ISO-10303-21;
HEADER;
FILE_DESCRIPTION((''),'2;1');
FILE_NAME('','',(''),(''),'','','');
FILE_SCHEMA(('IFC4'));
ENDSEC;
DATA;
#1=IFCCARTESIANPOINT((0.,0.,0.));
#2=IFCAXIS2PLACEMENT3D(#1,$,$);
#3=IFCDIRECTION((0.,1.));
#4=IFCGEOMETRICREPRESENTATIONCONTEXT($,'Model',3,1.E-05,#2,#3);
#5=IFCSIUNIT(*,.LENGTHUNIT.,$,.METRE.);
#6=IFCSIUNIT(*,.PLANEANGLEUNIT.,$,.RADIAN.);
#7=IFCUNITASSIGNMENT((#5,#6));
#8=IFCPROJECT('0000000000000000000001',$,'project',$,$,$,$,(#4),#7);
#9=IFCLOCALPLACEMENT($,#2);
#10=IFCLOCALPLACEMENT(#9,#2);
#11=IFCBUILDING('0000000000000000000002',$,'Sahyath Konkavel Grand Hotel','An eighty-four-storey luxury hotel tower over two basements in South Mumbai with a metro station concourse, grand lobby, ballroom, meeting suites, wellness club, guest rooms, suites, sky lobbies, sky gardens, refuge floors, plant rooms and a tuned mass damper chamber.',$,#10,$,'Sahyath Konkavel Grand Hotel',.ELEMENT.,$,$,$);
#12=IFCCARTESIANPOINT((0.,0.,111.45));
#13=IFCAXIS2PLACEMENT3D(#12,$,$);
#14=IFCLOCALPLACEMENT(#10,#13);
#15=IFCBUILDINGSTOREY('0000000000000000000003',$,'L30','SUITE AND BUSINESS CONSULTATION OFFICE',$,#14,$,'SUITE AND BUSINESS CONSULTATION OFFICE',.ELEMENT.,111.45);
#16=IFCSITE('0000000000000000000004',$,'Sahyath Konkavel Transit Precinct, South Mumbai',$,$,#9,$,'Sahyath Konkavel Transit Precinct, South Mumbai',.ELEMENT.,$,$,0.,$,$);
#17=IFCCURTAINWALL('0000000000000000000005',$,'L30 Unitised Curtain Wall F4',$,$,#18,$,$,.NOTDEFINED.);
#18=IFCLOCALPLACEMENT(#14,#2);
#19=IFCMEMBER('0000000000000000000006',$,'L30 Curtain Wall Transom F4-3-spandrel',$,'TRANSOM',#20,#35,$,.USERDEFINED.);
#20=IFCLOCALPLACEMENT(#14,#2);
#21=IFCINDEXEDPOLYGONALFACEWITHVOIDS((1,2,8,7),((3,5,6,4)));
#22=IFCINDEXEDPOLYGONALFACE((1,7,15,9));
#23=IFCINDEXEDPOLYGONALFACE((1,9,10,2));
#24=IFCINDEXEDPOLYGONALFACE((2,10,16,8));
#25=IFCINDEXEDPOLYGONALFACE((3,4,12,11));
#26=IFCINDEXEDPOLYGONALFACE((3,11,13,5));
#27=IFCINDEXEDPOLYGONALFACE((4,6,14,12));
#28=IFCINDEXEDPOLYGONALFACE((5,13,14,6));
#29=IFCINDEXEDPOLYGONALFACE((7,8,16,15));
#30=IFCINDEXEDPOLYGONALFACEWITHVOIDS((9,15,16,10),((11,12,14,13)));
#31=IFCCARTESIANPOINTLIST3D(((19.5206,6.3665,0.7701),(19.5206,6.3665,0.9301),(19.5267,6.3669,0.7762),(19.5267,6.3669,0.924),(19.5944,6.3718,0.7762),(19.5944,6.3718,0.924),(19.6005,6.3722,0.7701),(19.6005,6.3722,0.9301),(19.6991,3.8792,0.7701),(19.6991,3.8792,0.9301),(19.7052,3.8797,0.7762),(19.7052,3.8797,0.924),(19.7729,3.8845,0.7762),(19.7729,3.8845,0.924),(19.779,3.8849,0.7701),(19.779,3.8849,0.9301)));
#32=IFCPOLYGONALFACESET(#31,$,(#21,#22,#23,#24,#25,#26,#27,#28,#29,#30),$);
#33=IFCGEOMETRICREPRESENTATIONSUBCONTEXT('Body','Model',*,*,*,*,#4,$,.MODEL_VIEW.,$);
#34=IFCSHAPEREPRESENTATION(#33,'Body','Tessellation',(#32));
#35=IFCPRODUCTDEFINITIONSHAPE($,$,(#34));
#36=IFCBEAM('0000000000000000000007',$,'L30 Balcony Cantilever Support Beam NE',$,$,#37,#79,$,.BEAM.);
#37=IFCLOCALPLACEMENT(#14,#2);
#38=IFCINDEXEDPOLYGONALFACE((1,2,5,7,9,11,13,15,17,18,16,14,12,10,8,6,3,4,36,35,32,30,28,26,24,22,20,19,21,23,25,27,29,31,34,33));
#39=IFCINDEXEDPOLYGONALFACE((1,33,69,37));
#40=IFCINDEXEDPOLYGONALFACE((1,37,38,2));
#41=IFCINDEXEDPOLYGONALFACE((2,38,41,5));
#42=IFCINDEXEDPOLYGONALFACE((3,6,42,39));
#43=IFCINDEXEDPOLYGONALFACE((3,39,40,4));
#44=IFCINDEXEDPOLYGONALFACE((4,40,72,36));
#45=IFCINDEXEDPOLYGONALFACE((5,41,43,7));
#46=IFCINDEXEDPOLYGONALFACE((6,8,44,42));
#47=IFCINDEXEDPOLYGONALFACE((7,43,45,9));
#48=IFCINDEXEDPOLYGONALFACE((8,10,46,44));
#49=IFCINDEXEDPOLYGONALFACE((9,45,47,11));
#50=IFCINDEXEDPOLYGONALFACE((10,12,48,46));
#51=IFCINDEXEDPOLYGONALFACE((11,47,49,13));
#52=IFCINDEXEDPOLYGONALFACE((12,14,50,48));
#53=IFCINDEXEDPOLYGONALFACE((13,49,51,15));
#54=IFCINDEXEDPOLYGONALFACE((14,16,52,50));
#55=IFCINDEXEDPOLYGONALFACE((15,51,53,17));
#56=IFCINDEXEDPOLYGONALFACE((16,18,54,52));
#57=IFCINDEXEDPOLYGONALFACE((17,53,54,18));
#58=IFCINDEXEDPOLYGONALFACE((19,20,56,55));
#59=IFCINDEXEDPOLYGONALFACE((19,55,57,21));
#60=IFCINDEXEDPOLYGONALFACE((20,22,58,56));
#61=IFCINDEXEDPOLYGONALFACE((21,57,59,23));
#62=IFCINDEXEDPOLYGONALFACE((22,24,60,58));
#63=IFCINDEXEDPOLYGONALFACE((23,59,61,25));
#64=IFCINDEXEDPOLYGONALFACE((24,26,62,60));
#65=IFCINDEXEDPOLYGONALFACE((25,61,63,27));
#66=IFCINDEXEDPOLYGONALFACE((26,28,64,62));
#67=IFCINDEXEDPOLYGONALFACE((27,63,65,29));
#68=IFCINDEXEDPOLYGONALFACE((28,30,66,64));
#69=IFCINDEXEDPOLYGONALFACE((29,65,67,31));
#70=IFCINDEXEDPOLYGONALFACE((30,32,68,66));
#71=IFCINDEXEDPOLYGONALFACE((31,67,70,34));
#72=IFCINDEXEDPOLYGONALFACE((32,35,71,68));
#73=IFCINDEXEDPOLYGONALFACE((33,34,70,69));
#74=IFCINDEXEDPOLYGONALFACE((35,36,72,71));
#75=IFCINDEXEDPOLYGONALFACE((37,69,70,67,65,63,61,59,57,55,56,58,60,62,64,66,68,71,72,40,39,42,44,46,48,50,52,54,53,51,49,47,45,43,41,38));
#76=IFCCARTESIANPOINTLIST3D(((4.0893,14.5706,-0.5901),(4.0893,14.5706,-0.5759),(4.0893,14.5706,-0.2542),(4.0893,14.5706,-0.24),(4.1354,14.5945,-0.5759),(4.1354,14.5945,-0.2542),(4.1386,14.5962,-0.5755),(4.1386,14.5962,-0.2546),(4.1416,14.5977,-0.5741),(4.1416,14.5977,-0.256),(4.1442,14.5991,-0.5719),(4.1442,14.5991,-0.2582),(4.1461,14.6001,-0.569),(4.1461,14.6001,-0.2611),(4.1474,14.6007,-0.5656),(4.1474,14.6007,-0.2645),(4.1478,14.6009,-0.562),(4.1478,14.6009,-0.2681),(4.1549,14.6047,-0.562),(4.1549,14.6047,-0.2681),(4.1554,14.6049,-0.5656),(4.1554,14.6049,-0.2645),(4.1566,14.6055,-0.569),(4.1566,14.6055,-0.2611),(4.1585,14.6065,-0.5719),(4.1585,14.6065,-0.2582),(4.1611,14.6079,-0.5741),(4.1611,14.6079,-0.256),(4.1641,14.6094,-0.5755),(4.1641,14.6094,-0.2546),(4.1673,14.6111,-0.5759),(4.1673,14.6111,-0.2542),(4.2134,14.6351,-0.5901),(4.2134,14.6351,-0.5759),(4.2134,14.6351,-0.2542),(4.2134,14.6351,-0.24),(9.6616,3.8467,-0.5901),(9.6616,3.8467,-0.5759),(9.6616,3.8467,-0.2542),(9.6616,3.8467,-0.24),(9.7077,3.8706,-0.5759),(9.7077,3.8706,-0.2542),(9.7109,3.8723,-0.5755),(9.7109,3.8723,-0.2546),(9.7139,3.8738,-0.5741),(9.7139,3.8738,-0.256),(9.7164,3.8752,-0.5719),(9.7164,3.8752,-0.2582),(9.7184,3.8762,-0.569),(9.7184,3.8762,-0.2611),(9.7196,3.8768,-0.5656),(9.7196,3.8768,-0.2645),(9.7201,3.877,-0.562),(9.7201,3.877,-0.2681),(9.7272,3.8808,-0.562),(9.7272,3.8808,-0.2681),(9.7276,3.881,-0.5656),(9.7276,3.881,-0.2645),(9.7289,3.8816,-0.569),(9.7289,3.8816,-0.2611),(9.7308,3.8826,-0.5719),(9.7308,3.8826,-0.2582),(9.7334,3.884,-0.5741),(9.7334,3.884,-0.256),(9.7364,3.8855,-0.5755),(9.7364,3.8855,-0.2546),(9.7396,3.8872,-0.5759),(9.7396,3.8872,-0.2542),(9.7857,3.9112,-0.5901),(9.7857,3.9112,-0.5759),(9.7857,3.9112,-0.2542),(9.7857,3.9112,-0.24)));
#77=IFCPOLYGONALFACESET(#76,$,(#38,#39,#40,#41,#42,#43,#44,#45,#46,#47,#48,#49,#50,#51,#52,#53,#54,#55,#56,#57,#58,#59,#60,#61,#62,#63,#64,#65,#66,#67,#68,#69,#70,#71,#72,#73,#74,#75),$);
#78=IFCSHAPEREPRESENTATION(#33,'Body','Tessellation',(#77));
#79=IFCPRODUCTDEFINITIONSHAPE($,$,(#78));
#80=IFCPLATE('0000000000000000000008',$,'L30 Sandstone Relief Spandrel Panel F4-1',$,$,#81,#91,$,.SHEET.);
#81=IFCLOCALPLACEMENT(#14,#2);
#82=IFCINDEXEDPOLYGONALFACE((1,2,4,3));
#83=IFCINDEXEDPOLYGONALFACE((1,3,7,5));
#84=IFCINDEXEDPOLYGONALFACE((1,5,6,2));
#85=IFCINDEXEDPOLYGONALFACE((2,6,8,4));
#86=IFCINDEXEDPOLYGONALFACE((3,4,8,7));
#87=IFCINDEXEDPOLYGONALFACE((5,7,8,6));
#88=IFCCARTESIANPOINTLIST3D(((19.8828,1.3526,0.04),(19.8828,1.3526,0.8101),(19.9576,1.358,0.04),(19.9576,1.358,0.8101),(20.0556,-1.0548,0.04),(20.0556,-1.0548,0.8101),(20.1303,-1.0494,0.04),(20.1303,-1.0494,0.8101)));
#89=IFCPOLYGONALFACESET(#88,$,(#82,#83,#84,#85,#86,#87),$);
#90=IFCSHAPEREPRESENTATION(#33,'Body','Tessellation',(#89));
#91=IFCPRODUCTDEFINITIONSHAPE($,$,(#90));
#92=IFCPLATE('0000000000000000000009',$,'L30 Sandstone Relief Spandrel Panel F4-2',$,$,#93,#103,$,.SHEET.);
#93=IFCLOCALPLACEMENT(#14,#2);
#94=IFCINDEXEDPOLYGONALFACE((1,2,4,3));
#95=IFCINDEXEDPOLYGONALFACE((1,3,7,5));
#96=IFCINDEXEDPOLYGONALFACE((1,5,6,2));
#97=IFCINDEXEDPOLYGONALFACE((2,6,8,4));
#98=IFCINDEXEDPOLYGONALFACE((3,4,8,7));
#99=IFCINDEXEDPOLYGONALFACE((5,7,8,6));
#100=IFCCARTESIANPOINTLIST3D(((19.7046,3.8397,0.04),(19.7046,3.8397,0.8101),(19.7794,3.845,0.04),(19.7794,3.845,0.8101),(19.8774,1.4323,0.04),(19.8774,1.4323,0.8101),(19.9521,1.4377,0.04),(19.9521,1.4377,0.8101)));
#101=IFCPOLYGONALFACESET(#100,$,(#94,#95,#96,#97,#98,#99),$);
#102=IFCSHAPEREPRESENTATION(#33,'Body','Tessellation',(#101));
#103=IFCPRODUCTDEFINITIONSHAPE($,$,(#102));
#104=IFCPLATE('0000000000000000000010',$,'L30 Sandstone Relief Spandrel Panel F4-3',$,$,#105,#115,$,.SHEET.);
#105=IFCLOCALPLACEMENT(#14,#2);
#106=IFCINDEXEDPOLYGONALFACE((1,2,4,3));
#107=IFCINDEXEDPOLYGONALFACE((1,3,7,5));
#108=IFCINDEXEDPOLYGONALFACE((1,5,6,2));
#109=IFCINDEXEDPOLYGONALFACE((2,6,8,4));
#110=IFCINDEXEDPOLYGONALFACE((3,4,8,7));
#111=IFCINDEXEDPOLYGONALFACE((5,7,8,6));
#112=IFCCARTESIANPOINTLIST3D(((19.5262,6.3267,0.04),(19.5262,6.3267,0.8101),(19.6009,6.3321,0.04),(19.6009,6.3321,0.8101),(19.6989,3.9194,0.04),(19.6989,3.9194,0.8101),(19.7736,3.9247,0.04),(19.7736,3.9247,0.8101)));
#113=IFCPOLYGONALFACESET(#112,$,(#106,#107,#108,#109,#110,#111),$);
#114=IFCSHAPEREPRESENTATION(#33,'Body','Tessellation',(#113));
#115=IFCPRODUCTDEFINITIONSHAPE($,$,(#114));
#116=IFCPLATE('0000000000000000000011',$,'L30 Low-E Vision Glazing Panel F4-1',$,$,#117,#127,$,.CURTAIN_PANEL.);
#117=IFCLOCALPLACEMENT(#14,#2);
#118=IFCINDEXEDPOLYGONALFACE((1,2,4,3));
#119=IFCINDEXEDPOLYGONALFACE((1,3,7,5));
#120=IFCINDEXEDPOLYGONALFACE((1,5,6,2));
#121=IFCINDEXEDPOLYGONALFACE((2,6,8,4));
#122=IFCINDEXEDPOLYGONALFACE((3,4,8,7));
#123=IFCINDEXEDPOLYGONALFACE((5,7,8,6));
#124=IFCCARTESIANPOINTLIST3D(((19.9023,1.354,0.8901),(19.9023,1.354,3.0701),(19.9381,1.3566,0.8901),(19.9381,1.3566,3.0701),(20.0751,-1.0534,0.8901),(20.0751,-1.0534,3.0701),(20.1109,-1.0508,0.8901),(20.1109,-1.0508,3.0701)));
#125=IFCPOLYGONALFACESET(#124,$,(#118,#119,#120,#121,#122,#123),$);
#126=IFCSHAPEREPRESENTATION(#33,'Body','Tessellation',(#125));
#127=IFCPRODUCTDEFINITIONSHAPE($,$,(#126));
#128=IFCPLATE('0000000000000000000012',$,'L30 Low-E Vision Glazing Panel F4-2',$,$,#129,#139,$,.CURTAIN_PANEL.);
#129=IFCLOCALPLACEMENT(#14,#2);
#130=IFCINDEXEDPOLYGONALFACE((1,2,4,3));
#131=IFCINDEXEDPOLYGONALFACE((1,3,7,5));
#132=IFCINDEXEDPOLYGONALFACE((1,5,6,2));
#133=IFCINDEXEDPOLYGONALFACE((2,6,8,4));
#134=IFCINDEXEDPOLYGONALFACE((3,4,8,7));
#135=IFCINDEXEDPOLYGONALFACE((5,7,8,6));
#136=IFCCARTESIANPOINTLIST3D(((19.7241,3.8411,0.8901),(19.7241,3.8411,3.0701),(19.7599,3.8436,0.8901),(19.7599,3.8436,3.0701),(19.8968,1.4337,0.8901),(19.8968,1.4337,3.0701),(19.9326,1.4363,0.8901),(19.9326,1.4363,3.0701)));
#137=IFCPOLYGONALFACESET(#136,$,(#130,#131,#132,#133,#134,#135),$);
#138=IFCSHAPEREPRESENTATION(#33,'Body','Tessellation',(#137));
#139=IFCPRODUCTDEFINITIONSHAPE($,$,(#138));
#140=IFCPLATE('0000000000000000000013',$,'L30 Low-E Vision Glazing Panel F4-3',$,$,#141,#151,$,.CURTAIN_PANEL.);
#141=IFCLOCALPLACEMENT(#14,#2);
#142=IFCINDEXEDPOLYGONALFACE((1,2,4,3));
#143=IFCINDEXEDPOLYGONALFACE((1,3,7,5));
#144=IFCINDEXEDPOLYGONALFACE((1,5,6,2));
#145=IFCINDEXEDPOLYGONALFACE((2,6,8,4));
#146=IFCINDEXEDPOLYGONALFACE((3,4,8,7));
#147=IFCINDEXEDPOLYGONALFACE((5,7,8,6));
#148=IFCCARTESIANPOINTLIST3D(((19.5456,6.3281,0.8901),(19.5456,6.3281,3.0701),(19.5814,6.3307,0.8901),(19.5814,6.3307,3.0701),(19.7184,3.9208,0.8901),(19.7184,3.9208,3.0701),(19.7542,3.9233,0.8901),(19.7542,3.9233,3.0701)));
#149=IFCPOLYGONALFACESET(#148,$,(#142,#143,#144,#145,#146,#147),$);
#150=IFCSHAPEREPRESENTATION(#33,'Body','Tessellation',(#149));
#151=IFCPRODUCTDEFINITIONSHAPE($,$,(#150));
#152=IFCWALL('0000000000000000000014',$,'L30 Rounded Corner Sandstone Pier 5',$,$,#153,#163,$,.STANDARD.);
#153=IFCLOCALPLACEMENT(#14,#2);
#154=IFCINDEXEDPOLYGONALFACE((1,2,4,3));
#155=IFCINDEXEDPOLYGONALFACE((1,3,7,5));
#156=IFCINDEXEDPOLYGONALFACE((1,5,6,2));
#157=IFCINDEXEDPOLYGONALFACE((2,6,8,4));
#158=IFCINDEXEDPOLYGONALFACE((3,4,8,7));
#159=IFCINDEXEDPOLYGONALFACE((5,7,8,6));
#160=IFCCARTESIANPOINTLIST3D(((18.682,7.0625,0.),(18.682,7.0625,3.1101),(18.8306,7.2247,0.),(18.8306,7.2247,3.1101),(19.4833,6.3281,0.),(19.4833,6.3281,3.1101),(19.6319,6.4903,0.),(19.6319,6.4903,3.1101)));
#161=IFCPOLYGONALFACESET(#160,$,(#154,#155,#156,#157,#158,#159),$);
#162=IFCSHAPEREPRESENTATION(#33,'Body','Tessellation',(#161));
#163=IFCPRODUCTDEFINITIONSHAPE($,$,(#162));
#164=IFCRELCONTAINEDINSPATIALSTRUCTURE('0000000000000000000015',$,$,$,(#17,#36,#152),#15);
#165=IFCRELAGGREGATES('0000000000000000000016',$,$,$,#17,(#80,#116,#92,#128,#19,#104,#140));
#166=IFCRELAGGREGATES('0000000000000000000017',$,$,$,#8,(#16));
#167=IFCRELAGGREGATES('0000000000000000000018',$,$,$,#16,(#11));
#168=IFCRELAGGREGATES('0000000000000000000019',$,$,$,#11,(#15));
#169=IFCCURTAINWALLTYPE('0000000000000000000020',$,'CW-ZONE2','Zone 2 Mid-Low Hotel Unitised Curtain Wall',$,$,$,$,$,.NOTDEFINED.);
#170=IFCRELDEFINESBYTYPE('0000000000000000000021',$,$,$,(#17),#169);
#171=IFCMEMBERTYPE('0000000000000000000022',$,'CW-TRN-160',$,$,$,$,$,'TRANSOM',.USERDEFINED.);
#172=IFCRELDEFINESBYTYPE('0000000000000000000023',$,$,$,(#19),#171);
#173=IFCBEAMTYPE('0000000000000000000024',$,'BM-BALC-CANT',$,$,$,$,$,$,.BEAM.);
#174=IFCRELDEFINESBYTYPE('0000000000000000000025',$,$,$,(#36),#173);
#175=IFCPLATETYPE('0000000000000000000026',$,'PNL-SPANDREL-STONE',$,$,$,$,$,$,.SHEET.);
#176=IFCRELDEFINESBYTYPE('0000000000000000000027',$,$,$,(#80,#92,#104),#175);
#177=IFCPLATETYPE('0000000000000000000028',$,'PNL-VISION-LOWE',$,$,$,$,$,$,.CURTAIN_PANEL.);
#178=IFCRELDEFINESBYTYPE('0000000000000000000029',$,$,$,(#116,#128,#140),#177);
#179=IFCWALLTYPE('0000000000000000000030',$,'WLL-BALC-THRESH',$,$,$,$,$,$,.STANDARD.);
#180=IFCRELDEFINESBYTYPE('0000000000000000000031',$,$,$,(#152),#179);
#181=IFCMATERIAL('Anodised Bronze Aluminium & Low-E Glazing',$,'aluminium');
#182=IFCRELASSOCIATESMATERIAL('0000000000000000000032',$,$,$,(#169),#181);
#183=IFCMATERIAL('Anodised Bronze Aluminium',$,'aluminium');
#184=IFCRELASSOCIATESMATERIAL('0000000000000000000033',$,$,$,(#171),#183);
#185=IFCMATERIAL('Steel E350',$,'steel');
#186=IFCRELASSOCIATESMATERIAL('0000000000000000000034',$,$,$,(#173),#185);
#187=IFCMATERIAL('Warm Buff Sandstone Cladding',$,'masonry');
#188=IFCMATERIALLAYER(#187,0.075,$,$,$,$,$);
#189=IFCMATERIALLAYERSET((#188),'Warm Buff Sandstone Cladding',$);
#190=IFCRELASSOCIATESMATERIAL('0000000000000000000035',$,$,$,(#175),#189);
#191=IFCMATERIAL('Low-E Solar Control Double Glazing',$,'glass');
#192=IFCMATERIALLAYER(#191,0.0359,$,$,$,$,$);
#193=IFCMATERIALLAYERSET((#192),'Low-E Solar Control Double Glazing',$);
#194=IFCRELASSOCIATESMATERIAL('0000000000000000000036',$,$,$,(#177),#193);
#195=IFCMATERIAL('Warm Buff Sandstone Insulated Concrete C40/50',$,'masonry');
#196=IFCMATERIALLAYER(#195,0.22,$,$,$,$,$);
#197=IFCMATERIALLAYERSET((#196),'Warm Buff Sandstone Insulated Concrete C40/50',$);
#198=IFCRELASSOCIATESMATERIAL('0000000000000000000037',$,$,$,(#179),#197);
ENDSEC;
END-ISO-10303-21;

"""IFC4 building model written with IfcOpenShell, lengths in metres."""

from ifc_helpers import new_model, si_unit, direction, frame, frame_2d, origin, origin_2d, place, context, subcontext, project, spatial, rectangle, hollow_rectangle, i_section, extrude, source, transform, mapped, material, layer, layer_set, material_profile, profile_set, type_object, element, aggregate, save


model = new_model("IFC4")

# Units and contexts
model_context = context("Model", 3, precision=1e-05, world=origin(), true_north=direction((0.0, 1.0)))
body_context = subcontext(model_context, "Body", "Model", "MODEL_VIEW")
ifc_project = project(units=[si_unit("LENGTHUNIT", "METRE"), si_unit("PLANEANGLEUNIT", "RADIAN")], contexts=[model_context])

# Site, building, storey
site_placement = place(None, origin())
site = spatial("IfcSite", under=ifc_project, at=site_placement, Name="Sahyath Konkavel Transit Precinct, South Mumbai", LongName="Sahyath Konkavel Transit Precinct, South Mumbai", CompositionType="ELEMENT", RefElevation=0.0)
building_placement = place(site_placement, origin())
building = spatial("IfcBuilding", under=site, at=building_placement, Name="Sahyath Konkavel Grand Hotel", Description="An eighty-four-storey luxury hotel tower over two basements in South Mumbai with a metro station concourse, grand lobby, ballroom, meeting suites, wellness club, guest rooms, suites, sky lobbies, sky gardens, refuge floors, plant rooms and a tuned mass damper chamber.", LongName="Sahyath Konkavel Grand Hotel", CompositionType="ELEMENT")
storey_placement = place(building_placement, frame((0.0, 0.0, 111.45)))
storey = spatial("IfcBuildingStorey", under=building, at=storey_placement, Name="L30", Description="SUITE AND BUSINESS CONSULTATION OFFICE", LongName="SUITE AND BUSINESS CONSULTATION OFFICE", CompositionType="ELEMENT", Elevation=111.45)

# Shared definitions
ifc_material_1 = material(Name="Steel E350", Category="steel")

# Curtain wall
ifc_material_2 = material(Name="Anodised Bronze Aluminium & Low-E Glazing", Category="aluminium")
curtain_wall_type = type_object("IfcCurtainWallType", Name="CW-ZONE2", Description="Zone 2 Mid-Low Hotel Unitised Curtain Wall", PredefinedType="NOTDEFINED", material=ifc_material_2)
curtain_wall_1_placement = place(storey_placement, origin())
curtain_wall_1 = element("IfcCurtainWall", 1, at=curtain_wall_1_placement, inside=storey, type_object=curtain_wall_type, Name="L30 Unitised Curtain Wall F4", PredefinedType="NOTDEFINED")
ifc_material_3 = material(Name="Anodised Bronze Aluminium", Category="aluminium")

# Member
ifc_material_profile_1 = material_profile(ifc_material_3, hollow_rectangle(XDim=0.0801, YDim=0.1599, WallThickness=0.0061, at=origin_2d()), Name="RHS 160x80x6")
ifc_profile_set_1 = profile_set([ifc_material_profile_1], Name="Anodised Bronze Aluminium")
member_type_1 = type_object("IfcMemberType", Name="CW-TRN-160", ElementType="TRANSOM", PredefinedType="USERDEFINED", material=ifc_profile_set_1)
shared_shape_1 = source(origin(), body_context, "Body", "SweptSolid", [
    extrude(hollow_rectangle(XDim=0.0801, YDim=0.1599, WallThickness=0.0061, at=origin_2d()), origin(), (0.0, 0.0, 1.0), 2.4937),
])
member_1_placement = place(storey_placement, frame((19.739, 3.8821, 0.8501), z_axis=(-0.071567, 0.997436, 0.0), x_axis=(-0.997436, -0.071567, 0.0)))
member_1 = element("IfcMember", 2, at=member_1_placement, type_object=member_type_1, Name="L30 Curtain Wall Transom F4-3-spandrel", ObjectType="TRANSOM", PredefinedType="USERDEFINED", context=body_context, shape_type="MappedRepresentation", body=[
    mapped(shared_shape_1, transform((0.0, 0.0, 0.0), scale=1.0)),
])

# Beam
ifc_material_profile_2 = material_profile(ifc_material_1, i_section(OverallWidth=0.1399, OverallDepth=0.3501, WebThickness=0.0081, FlangeThickness=0.0142, FilletRadius=0.0139, at=origin_2d()), Name="ISMB 350")
ifc_profile_set_2 = profile_set([ifc_material_profile_2], Name="Steel E350")
beam_type_1 = type_object("IfcBeamType", Name="BM-BALC-CANT", PredefinedType="BEAM", material=ifc_profile_set_2)
shared_shape_2 = source(origin(), body_context, "Body", "SweptSolid", [
    extrude(i_section(OverallWidth=0.1399, OverallDepth=0.3501, WebThickness=0.0081, FlangeThickness=0.0142, FilletRadius=0.0139, at=origin_2d()), origin(), (0.0, 0.0, 1.0), 12.0852),
])
beam_1_placement = place(storey_placement, frame((9.7236, 3.8789, -0.415), z_axis=(-0.461082, 0.887357, 0.0), x_axis=(-0.887357, -0.461082, 0.0)))
element("IfcBeam", 3, at=beam_1_placement, inside=storey, type_object=beam_type_1, Name="L30 Balcony Cantilever Support Beam NE", PredefinedType="BEAM", context=body_context, shape_type="MappedRepresentation", body=[
    mapped(shared_shape_2, transform((0.0, 0.0, 0.0), scale=1.0)),
])

# Plates
ifc_material_4 = material(Name="Warm Buff Sandstone Cladding", Category="masonry")
ifc_layer_1 = layer(ifc_material_4, 0.075)
ifc_layer_set_1 = layer_set([ifc_layer_1], Name="Warm Buff Sandstone Cladding")
plate_type_1 = type_object("IfcPlateType", Name="PNL-SPANDREL-STONE", PredefinedType="SHEET", material=ifc_layer_set_1)
shared_shape_3 = source(origin(), body_context, "Body", "SweptSolid", [
    extrude(rectangle(XDim=2.4136, YDim=0.075, at=origin_2d()), origin(), (0.0, 0.0, 1.0), 0.77),
])
plate_1_placement = place(storey_placement, frame((20.0066, 0.1516, 0.04), z_axis=(0.0, 0.0, 1.0), x_axis=(-0.071567, 0.997436, 0.0)))
plate_1 = element("IfcPlate", 4, at=plate_1_placement, type_object=plate_type_1, Name="L30 Sandstone Relief Spandrel Panel F4-1", PredefinedType="SHEET", context=body_context, shape_type="MappedRepresentation", body=[
    mapped(shared_shape_3, transform((0.0, 0.0, 0.0), scale=1.0)),
])
plate_2_placement = place(storey_placement, frame((19.8284, 2.6387, 0.04), z_axis=(0.0, 0.0, 1.0), x_axis=(-0.071567, 0.997436, 0.0)))
plate_2 = element("IfcPlate", 5, at=plate_2_placement, type_object=plate_type_1, Name="L30 Sandstone Relief Spandrel Panel F4-2", PredefinedType="SHEET", context=body_context, shape_type="MappedRepresentation", body=[
    mapped(shared_shape_3, transform((0.0, 0.0, 0.0), scale=1.0)),
])
plate_3_placement = place(storey_placement, frame((19.6499, 5.1257, 0.04), z_axis=(0.0, 0.0, 1.0), x_axis=(-0.071567, 0.997436, 0.0)))
plate_3 = element("IfcPlate", 6, at=plate_3_placement, type_object=plate_type_1, Name="L30 Sandstone Relief Spandrel Panel F4-3", PredefinedType="SHEET", context=body_context, shape_type="MappedRepresentation", body=[
    mapped(shared_shape_3, transform((0.0, 0.0, 0.0), scale=1.0)),
])
ifc_material_5 = material(Name="Low-E Solar Control Double Glazing", Category="glass")
ifc_layer_2 = layer(ifc_material_5, 0.0359)
ifc_layer_set_2 = layer_set([ifc_layer_2], Name="Low-E Solar Control Double Glazing")
plate_type_2 = type_object("IfcPlateType", Name="PNL-VISION-LOWE", PredefinedType="CURTAIN_PANEL", material=ifc_layer_set_2)
shared_shape_4 = source(origin(), body_context, "Body", "SweptSolid", [
    extrude(rectangle(XDim=2.4136, YDim=0.0359, at=origin_2d()), origin(), (0.0, 0.0, 1.0), 2.1799),
])
plate_4_placement = place(storey_placement, frame((20.0066, 0.1516, 0.8901), z_axis=(0.0, 0.0, 1.0), x_axis=(-0.071567, 0.997436, 0.0)))
plate_4 = element("IfcPlate", 7, at=plate_4_placement, type_object=plate_type_2, Name="L30 Low-E Vision Glazing Panel F4-1", PredefinedType="CURTAIN_PANEL", context=body_context, shape_type="MappedRepresentation", body=[
    mapped(shared_shape_4, transform((0.0, 0.0, 0.0), scale=1.0)),
])
plate_5_placement = place(storey_placement, frame((19.8284, 2.6387, 0.8901), z_axis=(0.0, 0.0, 1.0), x_axis=(-0.071567, 0.997436, 0.0)))
plate_5 = element("IfcPlate", 8, at=plate_5_placement, type_object=plate_type_2, Name="L30 Low-E Vision Glazing Panel F4-2", PredefinedType="CURTAIN_PANEL", context=body_context, shape_type="MappedRepresentation", body=[
    mapped(shared_shape_4, transform((0.0, 0.0, 0.0), scale=1.0)),
])
plate_6_placement = place(storey_placement, frame((19.6499, 5.1257, 0.8901), z_axis=(0.0, 0.0, 1.0), x_axis=(-0.071567, 0.997436, 0.0)))
plate_6 = element("IfcPlate", 9, at=plate_6_placement, type_object=plate_type_2, Name="L30 Low-E Vision Glazing Panel F4-3", PredefinedType="CURTAIN_PANEL", context=body_context, shape_type="MappedRepresentation", body=[
    mapped(shared_shape_4, transform((0.0, 0.0, 0.0), scale=1.0)),
])
aggregate(curtain_wall_1, [plate_1, plate_4, plate_2, plate_5, member_1, plate_3, plate_6])

# Wall
ifc_material_6 = material(Name="Warm Buff Sandstone Insulated Concrete C40/50", Category="masonry")
ifc_layer_3 = layer(ifc_material_6, 0.22)
ifc_layer_set_3 = layer_set([ifc_layer_3], Name="Warm Buff Sandstone Insulated Concrete C40/50")
wall_type_1 = type_object("IfcWallType", Name="WLL-BALC-THRESH", PredefinedType="STANDARD", material=ifc_layer_set_3)
wall_1_placement = place(storey_placement, frame((19.5576, 6.4092, 0.0), z_axis=(0.0, 0.0, 1.0), x_axis=(-0.73721, 0.675664, 0.0)))
element("IfcWall", 10, at=wall_1_placement, inside=storey, type_object=wall_type_1, Name="L30 Rounded Corner Sandstone Pier 5", PredefinedType="STANDARD", context=body_context, shape_type="SweptSolid", body=[
    extrude(rectangle(XDim=1.0869, YDim=0.22, at=frame_2d((0.5435, 0.0))), origin(), (0.0, 0.0, 1.0), 3.1101),
])

save(model, "model.ifc")
